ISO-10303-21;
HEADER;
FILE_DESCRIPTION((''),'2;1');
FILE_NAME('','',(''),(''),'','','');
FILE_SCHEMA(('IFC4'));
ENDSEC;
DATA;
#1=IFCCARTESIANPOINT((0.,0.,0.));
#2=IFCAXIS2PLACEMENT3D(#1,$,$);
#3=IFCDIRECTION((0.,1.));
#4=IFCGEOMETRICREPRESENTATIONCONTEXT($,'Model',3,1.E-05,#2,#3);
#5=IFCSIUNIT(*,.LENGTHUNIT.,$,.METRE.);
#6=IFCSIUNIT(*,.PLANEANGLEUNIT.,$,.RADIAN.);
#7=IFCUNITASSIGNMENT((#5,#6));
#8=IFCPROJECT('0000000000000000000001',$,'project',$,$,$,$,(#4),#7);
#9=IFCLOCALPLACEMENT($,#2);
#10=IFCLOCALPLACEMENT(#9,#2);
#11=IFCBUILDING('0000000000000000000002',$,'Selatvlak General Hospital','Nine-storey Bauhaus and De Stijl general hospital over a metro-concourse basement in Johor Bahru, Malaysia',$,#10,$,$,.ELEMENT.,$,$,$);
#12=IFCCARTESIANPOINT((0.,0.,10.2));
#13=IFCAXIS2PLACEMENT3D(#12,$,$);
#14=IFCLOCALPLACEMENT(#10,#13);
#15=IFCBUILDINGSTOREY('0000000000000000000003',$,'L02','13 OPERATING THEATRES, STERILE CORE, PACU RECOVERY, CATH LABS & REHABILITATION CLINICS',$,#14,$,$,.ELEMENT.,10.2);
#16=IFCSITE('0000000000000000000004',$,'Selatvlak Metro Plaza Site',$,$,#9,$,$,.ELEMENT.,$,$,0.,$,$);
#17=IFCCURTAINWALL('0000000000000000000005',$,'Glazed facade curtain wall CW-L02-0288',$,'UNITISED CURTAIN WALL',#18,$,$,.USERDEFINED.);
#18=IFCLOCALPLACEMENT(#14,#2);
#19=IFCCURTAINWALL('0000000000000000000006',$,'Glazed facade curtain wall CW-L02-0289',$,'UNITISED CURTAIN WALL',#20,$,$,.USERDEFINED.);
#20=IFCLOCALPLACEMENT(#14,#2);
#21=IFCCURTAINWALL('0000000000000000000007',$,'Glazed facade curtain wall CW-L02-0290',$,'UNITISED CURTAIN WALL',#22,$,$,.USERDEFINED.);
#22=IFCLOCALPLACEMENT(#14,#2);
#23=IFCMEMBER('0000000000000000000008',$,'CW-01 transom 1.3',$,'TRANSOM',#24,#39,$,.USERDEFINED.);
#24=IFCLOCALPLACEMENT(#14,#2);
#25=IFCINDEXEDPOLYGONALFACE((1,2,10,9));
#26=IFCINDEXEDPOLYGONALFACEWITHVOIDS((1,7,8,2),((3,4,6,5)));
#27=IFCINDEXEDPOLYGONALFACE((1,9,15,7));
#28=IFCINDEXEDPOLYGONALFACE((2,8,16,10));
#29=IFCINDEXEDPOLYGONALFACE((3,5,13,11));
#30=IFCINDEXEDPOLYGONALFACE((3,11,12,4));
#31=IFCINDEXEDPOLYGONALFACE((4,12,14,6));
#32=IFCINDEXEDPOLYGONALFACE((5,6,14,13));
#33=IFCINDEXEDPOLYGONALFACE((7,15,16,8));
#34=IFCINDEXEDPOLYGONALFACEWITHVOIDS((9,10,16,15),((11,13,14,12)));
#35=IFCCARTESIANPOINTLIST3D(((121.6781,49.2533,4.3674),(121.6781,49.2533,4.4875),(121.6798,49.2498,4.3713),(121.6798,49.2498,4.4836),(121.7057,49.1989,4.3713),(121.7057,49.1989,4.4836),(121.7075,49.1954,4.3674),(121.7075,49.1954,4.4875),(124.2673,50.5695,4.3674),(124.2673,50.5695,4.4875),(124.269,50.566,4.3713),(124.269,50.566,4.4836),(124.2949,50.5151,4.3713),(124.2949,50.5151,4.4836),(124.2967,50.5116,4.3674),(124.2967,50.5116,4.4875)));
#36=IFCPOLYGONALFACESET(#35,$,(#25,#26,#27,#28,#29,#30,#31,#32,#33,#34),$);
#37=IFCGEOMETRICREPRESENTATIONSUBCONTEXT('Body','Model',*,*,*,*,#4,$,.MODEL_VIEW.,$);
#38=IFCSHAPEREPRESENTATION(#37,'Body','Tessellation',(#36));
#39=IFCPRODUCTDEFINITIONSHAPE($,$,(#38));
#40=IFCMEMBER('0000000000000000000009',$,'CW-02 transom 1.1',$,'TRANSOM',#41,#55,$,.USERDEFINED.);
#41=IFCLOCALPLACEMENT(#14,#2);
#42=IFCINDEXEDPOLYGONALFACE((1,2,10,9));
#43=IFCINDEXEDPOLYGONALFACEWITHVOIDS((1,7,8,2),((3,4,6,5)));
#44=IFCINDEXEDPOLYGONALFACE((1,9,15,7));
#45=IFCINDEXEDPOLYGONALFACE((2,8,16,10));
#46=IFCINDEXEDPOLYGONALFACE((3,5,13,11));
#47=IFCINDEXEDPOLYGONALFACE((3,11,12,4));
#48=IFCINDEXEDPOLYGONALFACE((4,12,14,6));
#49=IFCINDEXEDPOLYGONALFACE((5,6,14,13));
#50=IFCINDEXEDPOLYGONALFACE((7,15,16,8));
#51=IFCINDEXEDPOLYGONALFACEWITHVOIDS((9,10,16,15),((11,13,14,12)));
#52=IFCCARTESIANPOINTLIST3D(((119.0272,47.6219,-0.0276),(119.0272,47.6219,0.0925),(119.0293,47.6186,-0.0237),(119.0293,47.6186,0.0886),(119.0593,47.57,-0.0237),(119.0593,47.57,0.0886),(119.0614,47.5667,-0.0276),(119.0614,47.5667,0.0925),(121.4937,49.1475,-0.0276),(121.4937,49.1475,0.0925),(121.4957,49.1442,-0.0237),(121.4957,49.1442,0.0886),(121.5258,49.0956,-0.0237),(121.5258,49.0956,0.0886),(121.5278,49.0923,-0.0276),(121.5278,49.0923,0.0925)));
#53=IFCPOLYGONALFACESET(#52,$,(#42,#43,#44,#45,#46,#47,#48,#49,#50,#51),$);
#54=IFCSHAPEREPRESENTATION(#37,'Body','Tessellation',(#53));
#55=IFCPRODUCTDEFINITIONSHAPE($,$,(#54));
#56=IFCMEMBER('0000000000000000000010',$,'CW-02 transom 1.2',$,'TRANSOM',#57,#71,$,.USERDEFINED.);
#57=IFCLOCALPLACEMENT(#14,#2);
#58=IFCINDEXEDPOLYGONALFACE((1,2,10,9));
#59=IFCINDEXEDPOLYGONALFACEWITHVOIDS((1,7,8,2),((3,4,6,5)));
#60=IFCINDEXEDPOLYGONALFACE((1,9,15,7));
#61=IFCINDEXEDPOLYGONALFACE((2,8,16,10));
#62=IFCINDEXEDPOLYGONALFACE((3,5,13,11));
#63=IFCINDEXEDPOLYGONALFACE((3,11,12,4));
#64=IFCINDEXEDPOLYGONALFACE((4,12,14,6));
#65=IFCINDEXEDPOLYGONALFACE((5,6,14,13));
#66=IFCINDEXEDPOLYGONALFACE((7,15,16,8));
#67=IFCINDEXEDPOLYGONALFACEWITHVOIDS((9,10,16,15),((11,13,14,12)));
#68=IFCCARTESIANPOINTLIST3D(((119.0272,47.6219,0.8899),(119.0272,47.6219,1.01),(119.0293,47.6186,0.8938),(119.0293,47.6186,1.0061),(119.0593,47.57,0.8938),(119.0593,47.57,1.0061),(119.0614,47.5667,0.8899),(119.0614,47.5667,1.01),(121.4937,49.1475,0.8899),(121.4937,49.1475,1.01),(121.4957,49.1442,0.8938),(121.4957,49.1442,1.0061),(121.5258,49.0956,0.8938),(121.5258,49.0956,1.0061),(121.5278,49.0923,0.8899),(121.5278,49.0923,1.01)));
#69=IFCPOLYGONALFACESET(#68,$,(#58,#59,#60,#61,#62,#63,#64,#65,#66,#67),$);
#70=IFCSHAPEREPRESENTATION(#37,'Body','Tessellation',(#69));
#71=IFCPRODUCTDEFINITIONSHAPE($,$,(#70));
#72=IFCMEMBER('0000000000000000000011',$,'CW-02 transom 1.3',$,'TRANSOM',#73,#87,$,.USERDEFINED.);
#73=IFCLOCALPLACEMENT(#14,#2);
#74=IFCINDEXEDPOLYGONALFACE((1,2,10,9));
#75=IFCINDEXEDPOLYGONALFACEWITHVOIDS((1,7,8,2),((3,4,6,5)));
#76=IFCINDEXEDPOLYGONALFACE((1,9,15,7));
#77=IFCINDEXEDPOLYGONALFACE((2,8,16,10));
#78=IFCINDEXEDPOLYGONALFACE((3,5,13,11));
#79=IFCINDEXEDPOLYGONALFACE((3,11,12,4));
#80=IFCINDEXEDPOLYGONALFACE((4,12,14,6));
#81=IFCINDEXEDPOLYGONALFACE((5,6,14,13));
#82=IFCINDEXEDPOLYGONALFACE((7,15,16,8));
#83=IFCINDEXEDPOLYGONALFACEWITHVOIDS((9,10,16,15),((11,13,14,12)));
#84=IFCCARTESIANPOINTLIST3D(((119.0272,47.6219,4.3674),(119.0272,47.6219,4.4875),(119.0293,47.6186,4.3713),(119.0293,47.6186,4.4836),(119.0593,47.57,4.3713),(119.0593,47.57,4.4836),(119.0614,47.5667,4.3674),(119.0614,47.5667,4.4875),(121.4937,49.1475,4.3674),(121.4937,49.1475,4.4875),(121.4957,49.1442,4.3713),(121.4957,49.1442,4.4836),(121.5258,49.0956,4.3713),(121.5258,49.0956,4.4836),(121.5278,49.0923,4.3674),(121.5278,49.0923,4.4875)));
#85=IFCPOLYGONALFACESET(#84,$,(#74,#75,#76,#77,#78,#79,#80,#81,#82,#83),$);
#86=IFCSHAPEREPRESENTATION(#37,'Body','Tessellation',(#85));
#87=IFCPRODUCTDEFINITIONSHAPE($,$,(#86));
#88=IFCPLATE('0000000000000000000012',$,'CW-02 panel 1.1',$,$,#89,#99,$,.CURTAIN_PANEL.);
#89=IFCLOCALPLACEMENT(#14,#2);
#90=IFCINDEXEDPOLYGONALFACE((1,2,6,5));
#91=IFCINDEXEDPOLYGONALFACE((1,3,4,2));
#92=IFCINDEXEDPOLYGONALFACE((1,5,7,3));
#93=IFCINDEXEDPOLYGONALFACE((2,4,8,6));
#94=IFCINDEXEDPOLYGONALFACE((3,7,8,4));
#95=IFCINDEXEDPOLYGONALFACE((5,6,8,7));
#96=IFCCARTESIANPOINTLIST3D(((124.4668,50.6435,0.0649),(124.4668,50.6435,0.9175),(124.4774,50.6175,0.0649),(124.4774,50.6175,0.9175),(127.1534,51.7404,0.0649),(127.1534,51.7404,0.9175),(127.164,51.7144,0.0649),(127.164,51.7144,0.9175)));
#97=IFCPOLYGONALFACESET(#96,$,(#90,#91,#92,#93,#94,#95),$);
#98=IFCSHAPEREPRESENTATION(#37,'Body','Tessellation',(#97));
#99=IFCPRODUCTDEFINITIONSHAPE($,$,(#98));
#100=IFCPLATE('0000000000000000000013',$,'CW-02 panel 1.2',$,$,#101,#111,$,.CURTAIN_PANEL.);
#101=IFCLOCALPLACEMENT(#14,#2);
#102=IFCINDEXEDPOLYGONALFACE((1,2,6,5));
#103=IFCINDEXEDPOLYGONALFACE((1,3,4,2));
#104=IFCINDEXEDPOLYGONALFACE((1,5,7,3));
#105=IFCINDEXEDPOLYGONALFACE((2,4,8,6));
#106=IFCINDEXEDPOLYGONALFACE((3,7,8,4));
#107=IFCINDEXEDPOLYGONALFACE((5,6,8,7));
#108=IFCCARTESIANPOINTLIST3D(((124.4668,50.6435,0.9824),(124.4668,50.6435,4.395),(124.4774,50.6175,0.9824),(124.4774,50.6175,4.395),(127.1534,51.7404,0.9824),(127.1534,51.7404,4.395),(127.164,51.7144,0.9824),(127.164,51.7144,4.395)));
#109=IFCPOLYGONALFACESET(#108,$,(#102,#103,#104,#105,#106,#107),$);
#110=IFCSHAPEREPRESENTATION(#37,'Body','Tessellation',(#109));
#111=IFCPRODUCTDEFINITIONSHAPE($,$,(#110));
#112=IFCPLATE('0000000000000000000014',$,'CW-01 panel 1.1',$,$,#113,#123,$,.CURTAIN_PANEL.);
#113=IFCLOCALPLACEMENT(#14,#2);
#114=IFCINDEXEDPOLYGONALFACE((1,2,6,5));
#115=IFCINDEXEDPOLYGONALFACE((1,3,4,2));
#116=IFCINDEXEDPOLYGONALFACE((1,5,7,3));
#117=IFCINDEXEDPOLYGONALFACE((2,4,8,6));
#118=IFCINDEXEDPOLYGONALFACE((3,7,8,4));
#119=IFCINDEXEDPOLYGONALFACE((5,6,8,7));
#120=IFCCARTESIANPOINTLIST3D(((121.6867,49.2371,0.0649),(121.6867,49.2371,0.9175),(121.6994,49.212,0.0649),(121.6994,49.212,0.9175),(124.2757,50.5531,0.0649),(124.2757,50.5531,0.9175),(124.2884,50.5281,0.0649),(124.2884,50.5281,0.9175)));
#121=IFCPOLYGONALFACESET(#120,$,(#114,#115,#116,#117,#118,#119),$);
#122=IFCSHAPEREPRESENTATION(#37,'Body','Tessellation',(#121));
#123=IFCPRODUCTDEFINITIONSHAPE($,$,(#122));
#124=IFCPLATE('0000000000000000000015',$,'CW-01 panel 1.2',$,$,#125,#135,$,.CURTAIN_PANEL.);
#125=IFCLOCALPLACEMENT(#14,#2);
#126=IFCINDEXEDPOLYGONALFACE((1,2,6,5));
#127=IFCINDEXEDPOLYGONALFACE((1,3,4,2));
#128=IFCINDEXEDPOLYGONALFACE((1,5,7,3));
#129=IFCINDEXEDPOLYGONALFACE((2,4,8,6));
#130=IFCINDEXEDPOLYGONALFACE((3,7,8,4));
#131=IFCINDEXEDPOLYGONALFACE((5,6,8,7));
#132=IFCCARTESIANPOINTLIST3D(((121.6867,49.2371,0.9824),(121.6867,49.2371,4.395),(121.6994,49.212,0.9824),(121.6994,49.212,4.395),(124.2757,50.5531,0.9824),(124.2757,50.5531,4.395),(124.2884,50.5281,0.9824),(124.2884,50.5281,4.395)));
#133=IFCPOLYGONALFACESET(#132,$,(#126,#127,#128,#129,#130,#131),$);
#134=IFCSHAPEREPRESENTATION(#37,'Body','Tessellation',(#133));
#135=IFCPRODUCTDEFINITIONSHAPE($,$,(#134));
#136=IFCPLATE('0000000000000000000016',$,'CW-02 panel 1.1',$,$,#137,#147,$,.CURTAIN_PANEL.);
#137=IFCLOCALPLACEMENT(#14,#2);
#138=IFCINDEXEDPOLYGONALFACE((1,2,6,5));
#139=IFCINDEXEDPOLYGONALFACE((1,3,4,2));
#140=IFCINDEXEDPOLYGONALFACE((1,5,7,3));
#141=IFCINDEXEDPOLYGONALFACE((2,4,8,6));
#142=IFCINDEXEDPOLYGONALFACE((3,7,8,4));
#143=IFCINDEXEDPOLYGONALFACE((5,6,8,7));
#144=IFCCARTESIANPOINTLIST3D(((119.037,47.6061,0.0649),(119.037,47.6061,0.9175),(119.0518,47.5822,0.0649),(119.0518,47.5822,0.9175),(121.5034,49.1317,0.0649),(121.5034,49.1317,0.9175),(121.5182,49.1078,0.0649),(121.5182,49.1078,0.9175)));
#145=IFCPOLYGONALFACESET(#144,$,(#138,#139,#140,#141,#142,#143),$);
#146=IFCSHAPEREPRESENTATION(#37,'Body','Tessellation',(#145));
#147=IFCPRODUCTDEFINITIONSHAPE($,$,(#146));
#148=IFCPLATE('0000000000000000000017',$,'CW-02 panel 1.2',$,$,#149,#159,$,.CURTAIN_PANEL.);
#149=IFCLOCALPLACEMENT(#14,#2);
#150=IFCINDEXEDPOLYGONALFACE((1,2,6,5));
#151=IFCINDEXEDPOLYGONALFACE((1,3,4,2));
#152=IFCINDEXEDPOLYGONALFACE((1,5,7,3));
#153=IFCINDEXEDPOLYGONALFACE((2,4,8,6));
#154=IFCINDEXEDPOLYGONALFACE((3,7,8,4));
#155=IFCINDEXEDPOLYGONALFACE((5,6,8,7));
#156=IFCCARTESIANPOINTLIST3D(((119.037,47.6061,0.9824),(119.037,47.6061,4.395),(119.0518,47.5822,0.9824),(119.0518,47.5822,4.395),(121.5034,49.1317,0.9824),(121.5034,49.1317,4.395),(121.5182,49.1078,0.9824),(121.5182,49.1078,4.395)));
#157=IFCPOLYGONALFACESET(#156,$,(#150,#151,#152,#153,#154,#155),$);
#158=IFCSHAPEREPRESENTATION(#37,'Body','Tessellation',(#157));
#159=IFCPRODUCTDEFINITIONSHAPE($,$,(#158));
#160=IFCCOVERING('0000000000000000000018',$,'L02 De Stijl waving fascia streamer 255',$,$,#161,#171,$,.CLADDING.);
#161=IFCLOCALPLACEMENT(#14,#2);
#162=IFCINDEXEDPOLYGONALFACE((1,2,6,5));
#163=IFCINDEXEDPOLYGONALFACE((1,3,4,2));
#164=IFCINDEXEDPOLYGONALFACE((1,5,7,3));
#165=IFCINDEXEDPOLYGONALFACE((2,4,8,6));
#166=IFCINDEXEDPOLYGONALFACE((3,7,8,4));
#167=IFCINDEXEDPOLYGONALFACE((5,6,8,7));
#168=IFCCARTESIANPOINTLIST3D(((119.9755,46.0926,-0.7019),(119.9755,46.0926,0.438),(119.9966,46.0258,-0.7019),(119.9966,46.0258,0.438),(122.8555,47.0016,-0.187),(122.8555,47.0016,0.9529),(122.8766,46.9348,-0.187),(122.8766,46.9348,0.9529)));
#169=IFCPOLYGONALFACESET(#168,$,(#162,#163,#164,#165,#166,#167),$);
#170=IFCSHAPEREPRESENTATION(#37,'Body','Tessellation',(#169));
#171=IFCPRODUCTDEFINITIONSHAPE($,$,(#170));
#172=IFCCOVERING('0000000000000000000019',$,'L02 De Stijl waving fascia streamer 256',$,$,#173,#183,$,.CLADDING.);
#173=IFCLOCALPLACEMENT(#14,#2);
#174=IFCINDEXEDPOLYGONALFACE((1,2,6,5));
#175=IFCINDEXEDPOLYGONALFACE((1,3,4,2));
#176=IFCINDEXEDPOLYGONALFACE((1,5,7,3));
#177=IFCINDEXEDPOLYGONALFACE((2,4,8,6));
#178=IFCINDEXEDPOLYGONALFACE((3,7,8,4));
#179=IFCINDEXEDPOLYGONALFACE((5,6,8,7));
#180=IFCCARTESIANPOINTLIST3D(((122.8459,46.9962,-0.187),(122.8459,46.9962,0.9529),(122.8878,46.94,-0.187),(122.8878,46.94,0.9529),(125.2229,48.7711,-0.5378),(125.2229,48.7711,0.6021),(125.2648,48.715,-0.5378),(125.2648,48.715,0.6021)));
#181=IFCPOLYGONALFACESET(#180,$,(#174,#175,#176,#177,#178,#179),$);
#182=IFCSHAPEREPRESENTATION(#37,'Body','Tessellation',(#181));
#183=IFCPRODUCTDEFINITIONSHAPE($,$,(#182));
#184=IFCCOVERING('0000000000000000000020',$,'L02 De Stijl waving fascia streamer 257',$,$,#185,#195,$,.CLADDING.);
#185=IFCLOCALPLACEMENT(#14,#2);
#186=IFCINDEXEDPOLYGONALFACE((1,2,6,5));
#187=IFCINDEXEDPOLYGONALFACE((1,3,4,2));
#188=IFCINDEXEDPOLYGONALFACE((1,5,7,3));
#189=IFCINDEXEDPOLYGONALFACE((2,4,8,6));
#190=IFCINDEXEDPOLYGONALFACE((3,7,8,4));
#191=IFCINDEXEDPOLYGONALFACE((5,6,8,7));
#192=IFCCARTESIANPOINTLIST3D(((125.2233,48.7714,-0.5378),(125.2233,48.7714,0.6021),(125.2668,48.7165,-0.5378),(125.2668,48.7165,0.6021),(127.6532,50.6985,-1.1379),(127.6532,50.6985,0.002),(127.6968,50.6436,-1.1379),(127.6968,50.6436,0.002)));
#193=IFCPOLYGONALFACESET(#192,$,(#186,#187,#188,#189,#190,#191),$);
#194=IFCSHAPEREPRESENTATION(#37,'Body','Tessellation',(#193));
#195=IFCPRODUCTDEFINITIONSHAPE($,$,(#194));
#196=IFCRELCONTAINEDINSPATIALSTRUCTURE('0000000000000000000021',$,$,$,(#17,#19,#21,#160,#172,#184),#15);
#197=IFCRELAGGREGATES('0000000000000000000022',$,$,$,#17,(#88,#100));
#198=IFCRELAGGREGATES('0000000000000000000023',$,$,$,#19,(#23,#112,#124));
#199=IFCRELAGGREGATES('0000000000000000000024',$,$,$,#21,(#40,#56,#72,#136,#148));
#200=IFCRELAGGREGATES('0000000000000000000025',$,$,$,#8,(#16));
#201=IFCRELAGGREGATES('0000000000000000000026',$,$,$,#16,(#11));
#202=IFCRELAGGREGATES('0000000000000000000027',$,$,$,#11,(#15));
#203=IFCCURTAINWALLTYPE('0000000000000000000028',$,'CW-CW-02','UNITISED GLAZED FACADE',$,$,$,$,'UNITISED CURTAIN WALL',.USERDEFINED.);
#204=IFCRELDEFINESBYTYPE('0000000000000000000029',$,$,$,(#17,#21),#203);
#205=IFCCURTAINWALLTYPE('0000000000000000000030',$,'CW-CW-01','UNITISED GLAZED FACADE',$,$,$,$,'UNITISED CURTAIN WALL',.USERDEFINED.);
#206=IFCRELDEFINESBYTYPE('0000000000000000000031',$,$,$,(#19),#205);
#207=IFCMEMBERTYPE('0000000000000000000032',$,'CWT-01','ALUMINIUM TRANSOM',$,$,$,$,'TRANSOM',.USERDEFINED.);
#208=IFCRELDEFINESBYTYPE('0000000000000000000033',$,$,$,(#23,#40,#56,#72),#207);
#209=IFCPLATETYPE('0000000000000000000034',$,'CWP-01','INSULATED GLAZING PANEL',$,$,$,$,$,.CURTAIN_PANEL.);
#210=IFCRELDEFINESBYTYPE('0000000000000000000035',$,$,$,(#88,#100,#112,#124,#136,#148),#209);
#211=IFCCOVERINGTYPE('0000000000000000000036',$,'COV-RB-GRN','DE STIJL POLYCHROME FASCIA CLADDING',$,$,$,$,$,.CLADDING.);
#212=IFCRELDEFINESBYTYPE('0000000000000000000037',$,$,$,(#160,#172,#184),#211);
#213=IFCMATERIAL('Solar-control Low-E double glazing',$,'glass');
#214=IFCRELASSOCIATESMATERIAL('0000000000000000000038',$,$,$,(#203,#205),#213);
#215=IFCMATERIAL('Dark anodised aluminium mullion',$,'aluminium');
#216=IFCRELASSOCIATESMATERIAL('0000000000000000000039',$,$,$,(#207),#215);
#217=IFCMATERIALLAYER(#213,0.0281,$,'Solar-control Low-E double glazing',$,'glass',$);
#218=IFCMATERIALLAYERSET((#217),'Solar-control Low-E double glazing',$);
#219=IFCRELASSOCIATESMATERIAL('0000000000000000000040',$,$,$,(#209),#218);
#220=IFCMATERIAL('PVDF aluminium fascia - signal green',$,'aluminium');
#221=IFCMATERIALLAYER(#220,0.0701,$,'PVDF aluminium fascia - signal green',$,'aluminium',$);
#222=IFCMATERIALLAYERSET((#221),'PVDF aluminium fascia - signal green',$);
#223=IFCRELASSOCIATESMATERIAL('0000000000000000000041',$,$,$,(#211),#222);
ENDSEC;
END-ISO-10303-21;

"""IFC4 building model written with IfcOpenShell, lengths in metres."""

from ifc_helpers import new_model, si_unit, direction, frame, origin, origin_2d, place, context, subcontext, project, spatial, polyline, rectangle, hollow_rectangle, outline, extrude, material, layer, layer_set, material_profile, profile_set, type_object, element, aggregate, save


model = new_model("IFC4")

# Units and contexts
model_context = context("Model", 3, precision=1e-05, world=origin(), true_north=direction((0.0, 1.0)))
body_context = subcontext(model_context, "Body", "Model", "MODEL_VIEW")
ifc_project = project(units=[si_unit("LENGTHUNIT", "METRE"), si_unit("PLANEANGLEUNIT", "RADIAN")], contexts=[model_context])

# Site, building, storey
site_placement = place(None, origin())
site = spatial("IfcSite", under=ifc_project, at=site_placement, Name="Selatvlak Metro Plaza Site", CompositionType="ELEMENT", RefElevation=0.0)
building_placement = place(site_placement, origin())
building = spatial("IfcBuilding", under=site, at=building_placement, Name="Selatvlak General Hospital", Description="Nine-storey Bauhaus and De Stijl general hospital over a metro-concourse basement in Johor Bahru, Malaysia", CompositionType="ELEMENT")
storey_placement = place(building_placement, frame((0.0, 0.0, 10.2)))
storey = spatial("IfcBuildingStorey", under=building, at=storey_placement, Name="L02", Description="13 OPERATING THEATRES, STERILE CORE, PACU RECOVERY, CATH LABS & REHABILITATION CLINICS", CompositionType="ELEMENT", Elevation=10.2)

# Curtain wall
ifc_material_1 = material(Name="Solar-control Low-E double glazing", Category="glass")
curtain_wall_type_1 = type_object("IfcCurtainWallType", Name="CW-CW-02", Description="UNITISED GLAZED FACADE", ElementType="UNITISED CURTAIN WALL", PredefinedType="USERDEFINED", material=ifc_material_1)
curtain_wall_1_placement = place(storey_placement, origin())
curtain_wall_1 = element("IfcCurtainWall", 1, at=curtain_wall_1_placement, inside=storey, type_object=curtain_wall_type_1, Name="Glazed facade curtain wall CW-L02-0288", ObjectType="UNITISED CURTAIN WALL", PredefinedType="USERDEFINED")
ifc_material_2 = material(Name="Dark anodised aluminium mullion", Category="aluminium")

# Curtain walls
curtain_wall_type_2 = type_object("IfcCurtainWallType", Name="CW-CW-01", Description="UNITISED GLAZED FACADE", ElementType="UNITISED CURTAIN WALL", PredefinedType="USERDEFINED", material=ifc_material_1)
curtain_wall_2_placement = place(storey_placement, origin())
curtain_wall_2 = element("IfcCurtainWall", 2, at=curtain_wall_2_placement, inside=storey, type_object=curtain_wall_type_2, Name="Glazed facade curtain wall CW-L02-0289", ObjectType="UNITISED CURTAIN WALL", PredefinedType="USERDEFINED")
curtain_wall_3_placement = place(storey_placement, origin())
curtain_wall_3 = element("IfcCurtainWall", 3, at=curtain_wall_3_placement, inside=storey, type_object=curtain_wall_type_1, Name="Glazed facade curtain wall CW-L02-0290", ObjectType="UNITISED CURTAIN WALL", PredefinedType="USERDEFINED")

# Members
ifc_material_profile_1 = material_profile(ifc_material_2, hollow_rectangle(XDim=0.0649, YDim=0.1201, WallThickness=0.0039, at=origin_2d()), Name="AL-TRN 65x120x4")
ifc_profile_set_1 = profile_set([ifc_material_profile_1], Name="Dark anodised aluminium mullion")
member_type_1 = type_object("IfcMemberType", Name="CWT-01", Description="ALUMINIUM TRANSOM", ElementType="TRANSOM", PredefinedType="USERDEFINED", material=ifc_profile_set_1)
member_1_placement = place(storey_placement, frame((124.282, 50.5405, 4.4275), z_axis=(-0.891432, -0.453155, 0.0), x_axis=(0.453155, -0.891432, 0.0)))
member_1 = element("IfcMember", 4, at=member_1_placement, type_object=member_type_1, Name="CW-01 transom 1.3", ObjectType="TRANSOM", PredefinedType="USERDEFINED", context=body_context, shape_type="SweptSolid", body=[
    extrude(hollow_rectangle(XDim=0.0649, YDim=0.1201, WallThickness=0.0039, at=origin_2d()), origin(), (0.0, 0.0, 1.0), 2.9045),
])
member_2_placement = place(storey_placement, frame((121.5107, 49.1199, 0.0325), z_axis=(-0.850462, -0.526036, 0.0), x_axis=(0.526036, -0.850462, 0.0)))
member_2 = element("IfcMember", 5, at=member_2_placement, type_object=member_type_1, Name="CW-02 transom 1.1", ObjectType="TRANSOM", PredefinedType="USERDEFINED", context=body_context, shape_type="SweptSolid", body=[
    extrude(hollow_rectangle(XDim=0.0649, YDim=0.1201, WallThickness=0.0039, at=origin_2d()), origin(), (0.0, 0.0, 1.0), 2.9001),
])
member_3_placement = place(storey_placement, frame((121.5107, 49.1199, 0.95), z_axis=(-0.850462, -0.526036, 0.0), x_axis=(0.526036, -0.850462, 0.0)))
member_3 = element("IfcMember", 6, at=member_3_placement, type_object=member_type_1, Name="CW-02 transom 1.2", ObjectType="TRANSOM", PredefinedType="USERDEFINED", context=body_context, shape_type="SweptSolid", body=[
    extrude(hollow_rectangle(XDim=0.0649, YDim=0.1201, WallThickness=0.0039, at=origin_2d()), origin(), (0.0, 0.0, 1.0), 2.9001),
])
member_4_placement = place(storey_placement, frame((121.5107, 49.1199, 4.4275), z_axis=(-0.850462, -0.526036, 0.0), x_axis=(0.526036, -0.850462, 0.0)))
member_4 = element("IfcMember", 7, at=member_4_placement, type_object=member_type_1, Name="CW-02 transom 1.3", ObjectType="TRANSOM", PredefinedType="USERDEFINED", context=body_context, shape_type="SweptSolid", body=[
    extrude(hollow_rectangle(XDim=0.0649, YDim=0.1201, WallThickness=0.0039, at=origin_2d()), origin(), (0.0, 0.0, 1.0), 2.9001),
])

# Plates
ifc_layer_1 = layer(ifc_material_1, 0.0281, Name="Solar-control Low-E double glazing", Category="glass")
ifc_layer_set_1 = layer_set([ifc_layer_1], Name="Solar-control Low-E double glazing")
plate_type = type_object("IfcPlateType", Name="CWP-01", Description="INSULATED GLAZING PANEL", PredefinedType="CURTAIN_PANEL", material=ifc_layer_set_1)
plate_1_placement = place(storey_placement, frame((125.8154, 51.179, 0.0649), z_axis=(0.0, 0.0, 1.0), x_axis=(-0.925815, -0.377978, 0.0)))
plate_1 = element("IfcPlate", 8, at=plate_1_placement, type_object=plate_type, Name="CW-02 panel 1.1", PredefinedType="CURTAIN_PANEL", context=body_context, shape_type="SweptSolid", body=[
    extrude(rectangle(XDim=2.9019, YDim=0.0281, at=origin_2d()), origin(), (0.0, 0.0, 1.0), 0.8525),
])
plate_2_placement = place(storey_placement, frame((125.8154, 51.179, 0.9824), z_axis=(0.0, 0.0, 1.0), x_axis=(-0.925815, -0.377978, 0.0)))
plate_2 = element("IfcPlate", 9, at=plate_2_placement, type_object=plate_type, Name="CW-02 panel 1.2", PredefinedType="CURTAIN_PANEL", context=body_context, shape_type="SweptSolid", body=[
    extrude(rectangle(XDim=2.9019, YDim=0.0281, at=origin_2d()), origin(), (0.0, 0.0, 1.0), 3.4126),
])
aggregate(curtain_wall_1, [plate_1, plate_2])
plate_3_placement = place(storey_placement, frame((122.9875, 49.8826, 0.0649), z_axis=(0.0, 0.0, 1.0), x_axis=(-0.891442, -0.453136, 0.0)))
plate_3 = element("IfcPlate", 10, at=plate_3_placement, type_object=plate_type, Name="CW-01 panel 1.1", PredefinedType="CURTAIN_PANEL", context=body_context, shape_type="SweptSolid", body=[
    extrude(rectangle(XDim=2.9043, YDim=0.0281, at=origin_2d()), origin(), (0.0, 0.0, 1.0), 0.8525),
])
plate_4_placement = place(storey_placement, frame((122.9875, 49.8826, 0.9824), z_axis=(0.0, 0.0, 1.0), x_axis=(-0.891442, -0.453136, 0.0)))
plate_4 = element("IfcPlate", 11, at=plate_4_placement, type_object=plate_type, Name="CW-01 panel 1.2", PredefinedType="CURTAIN_PANEL", context=body_context, shape_type="SweptSolid", body=[
    extrude(rectangle(XDim=2.9043, YDim=0.0281, at=origin_2d()), origin(), (0.0, 0.0, 1.0), 3.4126),
])
aggregate(curtain_wall_2, [member_1, plate_3, plate_4])
plate_5_placement = place(storey_placement, frame((120.2776, 48.3569, 0.0649), z_axis=(0.0, 0.0, 1.0), x_axis=(-0.850455, -0.526048, 0.0)))
plate_5 = element("IfcPlate", 12, at=plate_5_placement, type_object=plate_type, Name="CW-02 panel 1.1", PredefinedType="CURTAIN_PANEL", context=body_context, shape_type="SweptSolid", body=[
    extrude(rectangle(XDim=2.9001, YDim=0.0281, at=origin_2d()), origin(), (0.0, 0.0, 1.0), 0.8525),
])
plate_6_placement = place(storey_placement, frame((120.2776, 48.3569, 0.9824), z_axis=(0.0, 0.0, 1.0), x_axis=(-0.850455, -0.526048, 0.0)))
plate_6 = element("IfcPlate", 13, at=plate_6_placement, type_object=plate_type, Name="CW-02 panel 1.2", PredefinedType="CURTAIN_PANEL", context=body_context, shape_type="SweptSolid", body=[
    extrude(rectangle(XDim=2.9001, YDim=0.0281, at=origin_2d()), origin(), (0.0, 0.0, 1.0), 3.4126),
])
aggregate(curtain_wall_3, [member_2, member_3, member_4, plate_5, plate_6])

# Coverings
ifc_material_3 = material(Name="PVDF aluminium fascia - signal green", Category="aluminium")
ifc_layer_2 = layer(ifc_material_3, 0.0701, Name="PVDF aluminium fascia - signal green", Category="aluminium")
ifc_layer_set_2 = layer_set([ifc_layer_2], Name="PVDF aluminium fascia - signal green")
covering_type = type_object("IfcCoveringType", Name="COV-RB-GRN", Description="DE STIJL POLYCHROME FASCIA CLADDING", PredefinedType="CLADDING", material=ifc_layer_set_2)
covering_1_placement = place(storey_placement, frame((119.9861, 46.0591, -0.7019), z_axis=(0.0, 0.0, 1.0), x_axis=(0.95363, 0.30098, 0.0)))
element("IfcCovering", 14, at=covering_1_placement, inside=storey, type_object=covering_type, Name="L02 De Stijl waving fascia streamer 255", PredefinedType="CLADDING", context=body_context, shape_type="SweptSolid", body=[
    extrude(outline(polyline([(0.0, 0.0), (3.02, 0.5149), (3.02, 1.6548), (0.0, 1.1399), (0.0, 0.0)])), frame((0.0, 0.0352, 0.0), z_axis=(0.0, -1.0, 0.0), x_axis=(1.0, 0.0, 0.0)), (0.0, 0.0, 1.0), 0.0701),
])
covering_2_placement = place(storey_placement, frame((122.8669, 46.968, -0.187), z_axis=(0.0, 0.0, 1.0), x_axis=(0.801262, 0.598313, 0.0)))
element("IfcCovering", 15, at=covering_2_placement, inside=storey, type_object=covering_type, Name="L02 De Stijl waving fascia streamer 256", PredefinedType="CLADDING", context=body_context, shape_type="SweptSolid", body=[
    extrude(outline(polyline([(0.0, 0.0), (2.9666, -0.3508), (2.9666, 0.7891), (0.0, 1.1399), (0.0, 0.0)])), frame((0.0, 0.0352, 0.0), z_axis=(0.0, -1.0, 0.0), x_axis=(1.0, 0.0, 0.0)), (0.0, 0.0, 1.0), 0.0701),
])
covering_3_placement = place(storey_placement, frame((125.2451, 48.7439, -0.5378), z_axis=(0.0, 0.0, 1.0), x_axis=(0.783527, 0.621358, 0.0)))
element("IfcCovering", 16, at=covering_3_placement, inside=storey, type_object=covering_type, Name="L02 De Stijl waving fascia streamer 257", PredefinedType="CLADDING", context=body_context, shape_type="SweptSolid", body=[
    extrude(outline(polyline([(0.0, 0.0), (3.1013, -0.6001), (3.1013, 0.5398), (0.0, 1.1399), (0.0, 0.0)])), frame((0.0, 0.0352, 0.0), z_axis=(0.0, -1.0, 0.0), x_axis=(1.0, 0.0, 0.0)), (0.0, 0.0, 1.0), 0.0701),
])

save(model, "model.ifc")
